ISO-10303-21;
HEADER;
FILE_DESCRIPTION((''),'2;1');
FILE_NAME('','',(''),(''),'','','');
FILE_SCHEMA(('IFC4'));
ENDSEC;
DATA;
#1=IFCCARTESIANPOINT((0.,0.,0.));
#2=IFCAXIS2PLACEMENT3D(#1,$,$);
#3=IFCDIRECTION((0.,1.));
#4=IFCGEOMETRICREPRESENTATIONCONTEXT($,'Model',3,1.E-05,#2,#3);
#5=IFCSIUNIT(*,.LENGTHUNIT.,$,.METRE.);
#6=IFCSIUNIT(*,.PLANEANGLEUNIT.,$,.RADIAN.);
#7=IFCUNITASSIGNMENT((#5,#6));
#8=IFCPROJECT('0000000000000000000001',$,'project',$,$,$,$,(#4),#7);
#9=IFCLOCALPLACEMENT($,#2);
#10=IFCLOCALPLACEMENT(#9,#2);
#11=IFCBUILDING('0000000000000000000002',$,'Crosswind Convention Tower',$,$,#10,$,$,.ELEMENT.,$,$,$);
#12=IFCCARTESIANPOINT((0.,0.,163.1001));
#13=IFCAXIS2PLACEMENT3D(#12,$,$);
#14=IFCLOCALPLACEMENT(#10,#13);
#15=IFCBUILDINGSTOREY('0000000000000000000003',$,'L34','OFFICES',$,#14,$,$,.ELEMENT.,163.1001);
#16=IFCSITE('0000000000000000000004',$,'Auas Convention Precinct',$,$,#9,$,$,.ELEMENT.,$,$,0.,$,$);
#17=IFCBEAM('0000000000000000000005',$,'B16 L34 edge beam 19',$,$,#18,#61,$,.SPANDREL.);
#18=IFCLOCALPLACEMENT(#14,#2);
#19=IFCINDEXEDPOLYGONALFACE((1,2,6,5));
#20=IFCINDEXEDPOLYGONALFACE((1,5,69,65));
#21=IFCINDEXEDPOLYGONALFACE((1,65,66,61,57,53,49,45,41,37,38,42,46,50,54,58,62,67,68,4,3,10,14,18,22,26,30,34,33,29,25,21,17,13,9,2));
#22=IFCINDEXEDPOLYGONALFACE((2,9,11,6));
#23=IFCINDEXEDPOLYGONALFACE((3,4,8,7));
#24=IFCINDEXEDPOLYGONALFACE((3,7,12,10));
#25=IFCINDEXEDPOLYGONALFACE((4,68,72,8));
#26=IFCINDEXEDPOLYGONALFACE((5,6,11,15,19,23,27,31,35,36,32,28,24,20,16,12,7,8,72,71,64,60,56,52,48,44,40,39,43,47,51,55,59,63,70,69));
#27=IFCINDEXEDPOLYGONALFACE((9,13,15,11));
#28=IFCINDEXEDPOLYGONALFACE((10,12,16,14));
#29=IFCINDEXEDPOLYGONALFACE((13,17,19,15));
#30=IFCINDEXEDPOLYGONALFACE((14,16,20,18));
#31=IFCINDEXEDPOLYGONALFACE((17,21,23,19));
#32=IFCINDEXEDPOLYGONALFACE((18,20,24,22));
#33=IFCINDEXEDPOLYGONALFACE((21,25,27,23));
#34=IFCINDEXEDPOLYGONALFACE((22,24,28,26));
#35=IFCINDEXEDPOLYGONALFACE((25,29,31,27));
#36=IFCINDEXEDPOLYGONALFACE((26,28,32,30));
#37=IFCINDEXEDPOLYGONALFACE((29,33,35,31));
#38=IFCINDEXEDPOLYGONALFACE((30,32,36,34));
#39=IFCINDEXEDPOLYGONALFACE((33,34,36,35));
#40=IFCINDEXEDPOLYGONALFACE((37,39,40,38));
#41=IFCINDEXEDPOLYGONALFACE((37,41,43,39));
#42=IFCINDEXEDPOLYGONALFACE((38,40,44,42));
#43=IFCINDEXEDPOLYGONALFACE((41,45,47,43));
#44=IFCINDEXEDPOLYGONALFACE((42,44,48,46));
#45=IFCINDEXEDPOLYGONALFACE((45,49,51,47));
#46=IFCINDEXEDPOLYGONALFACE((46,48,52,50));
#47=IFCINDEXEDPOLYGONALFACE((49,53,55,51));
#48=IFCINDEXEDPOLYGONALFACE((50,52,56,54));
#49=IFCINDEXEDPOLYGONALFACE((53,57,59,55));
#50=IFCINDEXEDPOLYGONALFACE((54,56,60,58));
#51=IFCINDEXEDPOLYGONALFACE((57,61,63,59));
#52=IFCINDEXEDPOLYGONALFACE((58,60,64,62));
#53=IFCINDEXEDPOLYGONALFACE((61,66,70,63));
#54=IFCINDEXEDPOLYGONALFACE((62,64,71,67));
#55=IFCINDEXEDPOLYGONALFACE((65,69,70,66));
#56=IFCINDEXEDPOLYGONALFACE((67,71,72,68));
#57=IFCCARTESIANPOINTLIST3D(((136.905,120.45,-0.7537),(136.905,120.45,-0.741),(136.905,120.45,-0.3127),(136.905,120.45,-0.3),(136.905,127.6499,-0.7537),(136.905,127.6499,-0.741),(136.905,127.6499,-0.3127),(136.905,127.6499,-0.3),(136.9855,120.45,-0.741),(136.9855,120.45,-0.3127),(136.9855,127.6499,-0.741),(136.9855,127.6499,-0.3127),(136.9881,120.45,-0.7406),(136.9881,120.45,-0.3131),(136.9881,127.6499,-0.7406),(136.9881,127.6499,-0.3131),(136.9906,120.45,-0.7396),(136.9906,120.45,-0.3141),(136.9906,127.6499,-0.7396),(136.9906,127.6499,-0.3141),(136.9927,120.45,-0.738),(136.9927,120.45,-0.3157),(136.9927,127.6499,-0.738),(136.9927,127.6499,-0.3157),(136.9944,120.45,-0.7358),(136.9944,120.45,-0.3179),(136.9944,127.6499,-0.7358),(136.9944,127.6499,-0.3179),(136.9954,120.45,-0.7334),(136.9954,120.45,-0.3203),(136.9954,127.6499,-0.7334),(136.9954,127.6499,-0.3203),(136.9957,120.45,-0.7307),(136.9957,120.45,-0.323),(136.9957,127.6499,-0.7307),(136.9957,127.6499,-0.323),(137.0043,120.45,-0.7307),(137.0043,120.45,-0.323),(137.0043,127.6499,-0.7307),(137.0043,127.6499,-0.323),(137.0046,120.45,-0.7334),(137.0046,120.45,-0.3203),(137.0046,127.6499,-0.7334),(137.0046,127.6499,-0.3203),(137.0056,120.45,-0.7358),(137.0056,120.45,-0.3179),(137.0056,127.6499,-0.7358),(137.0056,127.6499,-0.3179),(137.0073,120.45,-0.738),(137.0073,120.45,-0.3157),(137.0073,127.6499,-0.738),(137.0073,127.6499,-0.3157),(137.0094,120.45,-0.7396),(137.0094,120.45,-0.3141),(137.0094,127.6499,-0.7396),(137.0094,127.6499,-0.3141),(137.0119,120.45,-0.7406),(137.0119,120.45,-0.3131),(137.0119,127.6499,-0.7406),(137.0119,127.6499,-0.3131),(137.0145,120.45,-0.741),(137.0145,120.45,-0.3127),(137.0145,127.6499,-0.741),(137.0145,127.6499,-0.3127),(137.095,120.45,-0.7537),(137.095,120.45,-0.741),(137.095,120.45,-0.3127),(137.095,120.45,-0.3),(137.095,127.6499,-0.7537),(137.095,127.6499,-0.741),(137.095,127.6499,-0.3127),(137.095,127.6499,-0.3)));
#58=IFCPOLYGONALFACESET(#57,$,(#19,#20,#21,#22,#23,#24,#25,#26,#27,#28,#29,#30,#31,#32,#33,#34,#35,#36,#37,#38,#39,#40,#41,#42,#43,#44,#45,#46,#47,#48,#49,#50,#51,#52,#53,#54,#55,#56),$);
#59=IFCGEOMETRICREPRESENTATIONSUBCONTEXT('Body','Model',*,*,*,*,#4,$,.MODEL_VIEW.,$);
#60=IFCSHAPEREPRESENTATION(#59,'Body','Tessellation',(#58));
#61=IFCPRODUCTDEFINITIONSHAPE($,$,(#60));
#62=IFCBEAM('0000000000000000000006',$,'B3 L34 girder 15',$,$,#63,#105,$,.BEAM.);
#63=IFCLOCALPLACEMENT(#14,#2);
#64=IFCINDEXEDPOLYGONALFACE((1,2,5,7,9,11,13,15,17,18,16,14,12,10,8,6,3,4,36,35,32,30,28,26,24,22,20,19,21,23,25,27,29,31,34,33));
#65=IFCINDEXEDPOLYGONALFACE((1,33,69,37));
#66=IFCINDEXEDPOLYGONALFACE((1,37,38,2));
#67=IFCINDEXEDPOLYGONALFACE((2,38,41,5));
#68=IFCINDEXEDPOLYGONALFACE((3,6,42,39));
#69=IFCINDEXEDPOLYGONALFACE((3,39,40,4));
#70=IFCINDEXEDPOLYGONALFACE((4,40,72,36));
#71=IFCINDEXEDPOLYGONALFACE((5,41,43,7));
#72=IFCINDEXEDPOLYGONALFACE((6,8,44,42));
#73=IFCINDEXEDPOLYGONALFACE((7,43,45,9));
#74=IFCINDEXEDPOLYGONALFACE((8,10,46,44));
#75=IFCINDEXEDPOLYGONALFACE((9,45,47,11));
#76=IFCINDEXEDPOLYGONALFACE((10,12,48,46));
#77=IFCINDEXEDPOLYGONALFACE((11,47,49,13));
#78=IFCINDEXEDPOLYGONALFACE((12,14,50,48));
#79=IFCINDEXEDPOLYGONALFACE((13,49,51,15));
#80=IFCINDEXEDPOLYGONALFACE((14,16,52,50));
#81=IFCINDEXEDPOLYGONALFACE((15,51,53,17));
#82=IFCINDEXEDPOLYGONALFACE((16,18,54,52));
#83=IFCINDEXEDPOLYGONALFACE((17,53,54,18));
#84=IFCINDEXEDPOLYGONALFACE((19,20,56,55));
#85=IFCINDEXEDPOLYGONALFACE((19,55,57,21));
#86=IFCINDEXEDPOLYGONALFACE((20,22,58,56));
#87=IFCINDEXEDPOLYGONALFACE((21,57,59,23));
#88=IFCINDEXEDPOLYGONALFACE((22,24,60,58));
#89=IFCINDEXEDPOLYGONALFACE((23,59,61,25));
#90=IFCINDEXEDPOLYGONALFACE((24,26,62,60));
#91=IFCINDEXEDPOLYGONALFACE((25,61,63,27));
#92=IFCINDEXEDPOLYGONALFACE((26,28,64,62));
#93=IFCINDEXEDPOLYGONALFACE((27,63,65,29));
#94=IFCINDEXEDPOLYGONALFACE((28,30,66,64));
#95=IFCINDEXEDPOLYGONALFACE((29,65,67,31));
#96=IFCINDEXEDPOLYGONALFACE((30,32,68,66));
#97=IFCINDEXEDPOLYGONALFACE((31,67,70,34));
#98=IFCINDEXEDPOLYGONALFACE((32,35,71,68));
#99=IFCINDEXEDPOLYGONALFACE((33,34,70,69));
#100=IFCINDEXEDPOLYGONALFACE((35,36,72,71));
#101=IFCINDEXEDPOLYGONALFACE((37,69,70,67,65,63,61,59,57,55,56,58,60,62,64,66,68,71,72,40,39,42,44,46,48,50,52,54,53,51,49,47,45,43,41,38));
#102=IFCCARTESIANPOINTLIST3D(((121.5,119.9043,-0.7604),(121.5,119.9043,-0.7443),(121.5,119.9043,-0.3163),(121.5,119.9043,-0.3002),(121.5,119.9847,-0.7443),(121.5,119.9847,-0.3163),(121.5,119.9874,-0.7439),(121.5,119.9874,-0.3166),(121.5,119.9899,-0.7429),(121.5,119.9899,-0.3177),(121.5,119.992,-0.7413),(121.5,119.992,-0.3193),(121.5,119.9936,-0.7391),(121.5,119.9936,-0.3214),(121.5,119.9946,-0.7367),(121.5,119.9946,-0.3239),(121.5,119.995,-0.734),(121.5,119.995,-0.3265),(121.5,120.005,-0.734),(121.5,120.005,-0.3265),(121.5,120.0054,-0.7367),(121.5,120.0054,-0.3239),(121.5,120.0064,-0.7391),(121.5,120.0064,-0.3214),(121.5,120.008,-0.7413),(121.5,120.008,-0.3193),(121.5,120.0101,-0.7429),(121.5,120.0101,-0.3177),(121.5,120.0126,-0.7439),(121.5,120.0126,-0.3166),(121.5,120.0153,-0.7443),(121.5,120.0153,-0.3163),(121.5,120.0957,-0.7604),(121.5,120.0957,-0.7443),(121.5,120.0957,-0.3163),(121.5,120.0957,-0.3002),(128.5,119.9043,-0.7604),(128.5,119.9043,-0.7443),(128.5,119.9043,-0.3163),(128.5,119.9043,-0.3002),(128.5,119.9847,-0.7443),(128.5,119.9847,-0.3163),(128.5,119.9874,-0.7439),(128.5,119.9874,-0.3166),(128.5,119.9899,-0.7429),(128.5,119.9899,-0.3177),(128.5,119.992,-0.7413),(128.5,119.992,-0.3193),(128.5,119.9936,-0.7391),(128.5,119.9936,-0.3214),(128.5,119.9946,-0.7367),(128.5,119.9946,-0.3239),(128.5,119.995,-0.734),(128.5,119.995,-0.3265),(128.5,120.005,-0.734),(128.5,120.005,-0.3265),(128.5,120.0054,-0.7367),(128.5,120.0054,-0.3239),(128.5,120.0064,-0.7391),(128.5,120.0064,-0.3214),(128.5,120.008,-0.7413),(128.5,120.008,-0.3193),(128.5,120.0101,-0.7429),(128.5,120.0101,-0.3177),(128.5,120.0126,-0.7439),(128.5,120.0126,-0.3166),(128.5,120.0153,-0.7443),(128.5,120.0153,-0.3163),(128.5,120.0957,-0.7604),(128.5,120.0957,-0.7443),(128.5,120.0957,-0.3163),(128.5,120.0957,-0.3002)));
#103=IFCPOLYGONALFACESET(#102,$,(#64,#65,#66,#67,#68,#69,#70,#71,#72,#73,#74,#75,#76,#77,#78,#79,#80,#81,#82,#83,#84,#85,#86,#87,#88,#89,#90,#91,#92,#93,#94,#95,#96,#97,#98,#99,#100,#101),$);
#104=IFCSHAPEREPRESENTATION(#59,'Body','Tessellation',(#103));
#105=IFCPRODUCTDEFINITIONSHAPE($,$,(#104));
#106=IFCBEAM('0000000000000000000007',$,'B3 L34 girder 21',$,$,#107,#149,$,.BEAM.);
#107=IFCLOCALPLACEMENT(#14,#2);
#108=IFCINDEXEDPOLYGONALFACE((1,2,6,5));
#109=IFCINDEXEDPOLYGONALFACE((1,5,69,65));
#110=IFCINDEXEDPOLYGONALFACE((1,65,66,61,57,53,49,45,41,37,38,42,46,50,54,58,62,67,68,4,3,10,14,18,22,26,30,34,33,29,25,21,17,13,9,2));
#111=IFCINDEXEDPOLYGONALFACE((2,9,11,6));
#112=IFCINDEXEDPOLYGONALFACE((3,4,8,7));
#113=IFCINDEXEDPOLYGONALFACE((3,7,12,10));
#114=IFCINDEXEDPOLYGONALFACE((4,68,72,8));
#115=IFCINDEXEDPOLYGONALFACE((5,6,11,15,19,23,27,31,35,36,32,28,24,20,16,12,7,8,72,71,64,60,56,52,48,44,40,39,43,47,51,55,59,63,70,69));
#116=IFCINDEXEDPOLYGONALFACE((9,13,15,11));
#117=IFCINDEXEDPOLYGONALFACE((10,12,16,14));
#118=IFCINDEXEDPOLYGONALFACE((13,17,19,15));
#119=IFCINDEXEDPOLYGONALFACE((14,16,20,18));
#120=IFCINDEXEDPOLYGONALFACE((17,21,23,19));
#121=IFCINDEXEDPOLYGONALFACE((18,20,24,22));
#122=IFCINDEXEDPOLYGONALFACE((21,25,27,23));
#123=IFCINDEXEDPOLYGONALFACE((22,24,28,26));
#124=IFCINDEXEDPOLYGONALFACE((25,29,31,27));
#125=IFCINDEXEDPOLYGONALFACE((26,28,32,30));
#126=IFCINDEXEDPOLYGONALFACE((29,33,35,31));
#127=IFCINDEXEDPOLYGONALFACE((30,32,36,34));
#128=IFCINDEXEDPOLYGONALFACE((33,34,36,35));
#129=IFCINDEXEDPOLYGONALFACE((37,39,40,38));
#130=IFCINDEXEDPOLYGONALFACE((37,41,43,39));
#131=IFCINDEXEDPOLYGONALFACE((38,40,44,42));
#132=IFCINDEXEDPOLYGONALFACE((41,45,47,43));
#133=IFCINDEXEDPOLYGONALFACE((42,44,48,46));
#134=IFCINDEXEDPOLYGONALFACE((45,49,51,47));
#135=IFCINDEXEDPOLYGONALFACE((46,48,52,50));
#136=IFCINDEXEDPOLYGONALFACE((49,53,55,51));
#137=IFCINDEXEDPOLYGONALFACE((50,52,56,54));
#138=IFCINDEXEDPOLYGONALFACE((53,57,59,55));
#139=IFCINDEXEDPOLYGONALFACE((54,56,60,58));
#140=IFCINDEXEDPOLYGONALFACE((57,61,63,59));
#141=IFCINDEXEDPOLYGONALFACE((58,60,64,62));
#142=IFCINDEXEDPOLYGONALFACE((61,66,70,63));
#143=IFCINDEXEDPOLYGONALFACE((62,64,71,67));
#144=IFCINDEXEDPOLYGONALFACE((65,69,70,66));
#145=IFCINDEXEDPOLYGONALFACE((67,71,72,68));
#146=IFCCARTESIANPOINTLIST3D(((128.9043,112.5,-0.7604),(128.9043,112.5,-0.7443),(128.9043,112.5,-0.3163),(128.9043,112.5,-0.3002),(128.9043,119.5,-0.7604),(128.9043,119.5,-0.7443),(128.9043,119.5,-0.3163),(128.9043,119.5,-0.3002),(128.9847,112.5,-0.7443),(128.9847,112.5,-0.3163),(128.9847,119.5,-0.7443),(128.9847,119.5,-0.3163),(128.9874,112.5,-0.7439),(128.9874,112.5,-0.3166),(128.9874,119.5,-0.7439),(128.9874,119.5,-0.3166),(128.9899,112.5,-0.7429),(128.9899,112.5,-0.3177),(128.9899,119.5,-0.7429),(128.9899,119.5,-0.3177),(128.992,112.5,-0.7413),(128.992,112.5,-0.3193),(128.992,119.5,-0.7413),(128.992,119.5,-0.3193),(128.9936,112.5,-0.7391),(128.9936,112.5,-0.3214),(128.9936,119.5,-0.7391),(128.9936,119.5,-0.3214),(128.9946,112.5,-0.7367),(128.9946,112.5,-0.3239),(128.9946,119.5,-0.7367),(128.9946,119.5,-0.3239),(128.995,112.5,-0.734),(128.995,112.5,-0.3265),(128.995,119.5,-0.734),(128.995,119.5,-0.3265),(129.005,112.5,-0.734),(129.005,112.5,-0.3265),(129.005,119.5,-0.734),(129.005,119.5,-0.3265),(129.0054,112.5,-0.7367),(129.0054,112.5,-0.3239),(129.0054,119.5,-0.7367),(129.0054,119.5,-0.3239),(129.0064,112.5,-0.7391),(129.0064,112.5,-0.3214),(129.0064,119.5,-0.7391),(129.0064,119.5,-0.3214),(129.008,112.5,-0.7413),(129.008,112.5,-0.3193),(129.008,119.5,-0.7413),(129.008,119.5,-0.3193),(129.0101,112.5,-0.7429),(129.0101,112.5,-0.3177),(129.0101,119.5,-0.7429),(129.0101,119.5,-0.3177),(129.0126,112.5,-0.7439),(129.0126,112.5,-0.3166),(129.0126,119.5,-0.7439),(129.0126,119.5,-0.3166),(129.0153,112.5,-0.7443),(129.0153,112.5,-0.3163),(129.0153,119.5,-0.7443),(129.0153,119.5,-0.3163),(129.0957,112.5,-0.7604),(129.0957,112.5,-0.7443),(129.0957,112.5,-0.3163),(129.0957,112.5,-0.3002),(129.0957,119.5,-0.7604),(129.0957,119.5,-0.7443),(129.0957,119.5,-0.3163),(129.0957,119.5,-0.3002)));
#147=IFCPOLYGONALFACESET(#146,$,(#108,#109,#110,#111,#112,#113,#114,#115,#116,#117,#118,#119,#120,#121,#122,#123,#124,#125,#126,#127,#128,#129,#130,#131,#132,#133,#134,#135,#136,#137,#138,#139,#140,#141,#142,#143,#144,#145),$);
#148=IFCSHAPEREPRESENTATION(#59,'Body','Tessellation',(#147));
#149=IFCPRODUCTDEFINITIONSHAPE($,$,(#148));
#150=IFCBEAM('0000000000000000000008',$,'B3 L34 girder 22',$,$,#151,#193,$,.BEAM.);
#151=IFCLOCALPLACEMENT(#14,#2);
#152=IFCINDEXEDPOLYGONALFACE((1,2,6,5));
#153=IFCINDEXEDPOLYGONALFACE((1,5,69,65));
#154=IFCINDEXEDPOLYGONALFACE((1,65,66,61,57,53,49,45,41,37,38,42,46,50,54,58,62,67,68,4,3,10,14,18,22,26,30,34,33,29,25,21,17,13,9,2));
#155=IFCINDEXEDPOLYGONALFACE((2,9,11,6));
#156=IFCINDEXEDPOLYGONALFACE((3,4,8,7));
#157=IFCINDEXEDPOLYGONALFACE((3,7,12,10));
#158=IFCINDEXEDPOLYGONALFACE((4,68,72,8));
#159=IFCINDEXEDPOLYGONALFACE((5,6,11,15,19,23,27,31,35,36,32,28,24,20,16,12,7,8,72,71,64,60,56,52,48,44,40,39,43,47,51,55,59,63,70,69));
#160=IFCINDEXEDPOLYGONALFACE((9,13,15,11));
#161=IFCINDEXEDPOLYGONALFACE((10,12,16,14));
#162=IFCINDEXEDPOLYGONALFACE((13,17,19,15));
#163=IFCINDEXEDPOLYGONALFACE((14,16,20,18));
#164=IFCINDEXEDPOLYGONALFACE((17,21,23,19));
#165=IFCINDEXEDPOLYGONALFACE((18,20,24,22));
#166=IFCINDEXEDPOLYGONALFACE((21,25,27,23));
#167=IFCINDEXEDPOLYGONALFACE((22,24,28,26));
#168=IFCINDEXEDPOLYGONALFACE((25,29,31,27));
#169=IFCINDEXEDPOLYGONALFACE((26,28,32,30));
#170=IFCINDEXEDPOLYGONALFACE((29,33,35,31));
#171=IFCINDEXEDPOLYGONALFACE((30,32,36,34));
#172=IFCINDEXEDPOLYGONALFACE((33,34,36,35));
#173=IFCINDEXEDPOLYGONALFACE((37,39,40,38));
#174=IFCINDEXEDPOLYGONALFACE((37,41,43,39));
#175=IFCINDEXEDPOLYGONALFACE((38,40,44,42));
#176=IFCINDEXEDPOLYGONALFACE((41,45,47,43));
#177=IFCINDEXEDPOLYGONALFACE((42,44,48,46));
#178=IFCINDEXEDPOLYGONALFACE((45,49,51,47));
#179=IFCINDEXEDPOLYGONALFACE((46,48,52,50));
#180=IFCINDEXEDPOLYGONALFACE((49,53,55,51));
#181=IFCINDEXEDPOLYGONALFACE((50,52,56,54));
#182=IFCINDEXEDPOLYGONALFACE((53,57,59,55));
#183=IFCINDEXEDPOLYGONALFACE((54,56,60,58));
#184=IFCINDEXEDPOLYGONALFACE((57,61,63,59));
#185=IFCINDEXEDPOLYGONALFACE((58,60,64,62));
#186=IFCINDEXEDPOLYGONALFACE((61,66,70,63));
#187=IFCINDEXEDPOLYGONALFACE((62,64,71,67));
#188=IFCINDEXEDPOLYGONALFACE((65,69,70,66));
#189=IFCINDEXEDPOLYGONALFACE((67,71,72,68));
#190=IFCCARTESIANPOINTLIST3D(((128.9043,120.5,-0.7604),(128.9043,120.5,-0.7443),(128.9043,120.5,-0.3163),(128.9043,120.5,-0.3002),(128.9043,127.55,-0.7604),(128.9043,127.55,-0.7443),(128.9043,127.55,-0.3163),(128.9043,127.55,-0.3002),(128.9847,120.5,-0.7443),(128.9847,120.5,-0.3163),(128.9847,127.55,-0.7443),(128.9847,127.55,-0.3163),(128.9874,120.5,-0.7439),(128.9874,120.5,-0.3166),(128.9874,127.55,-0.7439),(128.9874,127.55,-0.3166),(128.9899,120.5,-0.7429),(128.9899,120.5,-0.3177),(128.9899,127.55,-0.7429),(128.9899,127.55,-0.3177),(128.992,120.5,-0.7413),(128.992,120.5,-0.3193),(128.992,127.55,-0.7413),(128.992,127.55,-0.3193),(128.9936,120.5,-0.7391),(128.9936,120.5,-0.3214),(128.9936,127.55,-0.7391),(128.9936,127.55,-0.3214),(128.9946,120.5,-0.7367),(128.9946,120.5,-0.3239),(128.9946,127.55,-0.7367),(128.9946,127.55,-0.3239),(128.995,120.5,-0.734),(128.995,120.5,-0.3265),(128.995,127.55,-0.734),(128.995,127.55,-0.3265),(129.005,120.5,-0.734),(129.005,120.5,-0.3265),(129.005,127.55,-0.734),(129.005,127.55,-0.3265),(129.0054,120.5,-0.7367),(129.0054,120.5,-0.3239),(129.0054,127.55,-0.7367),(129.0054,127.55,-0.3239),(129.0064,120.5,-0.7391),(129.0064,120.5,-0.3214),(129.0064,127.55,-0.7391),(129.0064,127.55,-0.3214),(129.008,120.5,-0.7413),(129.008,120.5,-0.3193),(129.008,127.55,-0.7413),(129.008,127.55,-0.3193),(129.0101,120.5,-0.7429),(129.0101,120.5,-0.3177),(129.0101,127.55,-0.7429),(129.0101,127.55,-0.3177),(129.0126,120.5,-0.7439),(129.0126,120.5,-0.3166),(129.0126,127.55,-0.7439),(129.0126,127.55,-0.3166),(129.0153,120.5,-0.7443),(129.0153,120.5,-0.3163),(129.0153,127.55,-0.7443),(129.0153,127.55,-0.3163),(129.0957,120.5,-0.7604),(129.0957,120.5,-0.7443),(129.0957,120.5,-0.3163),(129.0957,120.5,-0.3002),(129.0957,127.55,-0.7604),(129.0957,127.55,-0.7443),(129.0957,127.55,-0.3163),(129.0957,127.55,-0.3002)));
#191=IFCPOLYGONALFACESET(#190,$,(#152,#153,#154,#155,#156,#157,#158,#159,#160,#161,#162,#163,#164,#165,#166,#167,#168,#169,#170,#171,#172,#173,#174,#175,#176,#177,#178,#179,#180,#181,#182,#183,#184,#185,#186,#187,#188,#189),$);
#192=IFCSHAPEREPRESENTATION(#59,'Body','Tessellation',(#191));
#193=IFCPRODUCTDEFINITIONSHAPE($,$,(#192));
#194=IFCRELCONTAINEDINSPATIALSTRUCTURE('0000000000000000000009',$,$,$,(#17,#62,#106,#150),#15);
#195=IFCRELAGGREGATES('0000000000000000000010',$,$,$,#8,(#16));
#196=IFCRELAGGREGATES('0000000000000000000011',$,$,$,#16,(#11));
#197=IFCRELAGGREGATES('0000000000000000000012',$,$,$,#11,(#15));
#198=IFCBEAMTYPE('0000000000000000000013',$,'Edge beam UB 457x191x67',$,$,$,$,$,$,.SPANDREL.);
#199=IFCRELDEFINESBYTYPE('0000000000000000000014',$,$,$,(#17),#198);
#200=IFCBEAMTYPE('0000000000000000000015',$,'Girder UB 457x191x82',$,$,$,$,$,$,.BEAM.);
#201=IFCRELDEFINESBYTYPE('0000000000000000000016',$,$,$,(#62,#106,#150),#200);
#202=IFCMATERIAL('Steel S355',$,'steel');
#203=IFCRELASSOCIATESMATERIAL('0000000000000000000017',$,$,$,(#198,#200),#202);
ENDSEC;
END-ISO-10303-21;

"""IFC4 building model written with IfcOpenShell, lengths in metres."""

from ifc_helpers import new_model, si_unit, direction, frame, origin, origin_2d, place, context, subcontext, project, spatial, i_section, extrude, material, material_profile, profile_set, type_object, element, save


model = new_model("IFC4")

# Units and contexts
model_context = context("Model", 3, precision=1e-05, world=origin(), true_north=direction((0.0, 1.0)))
body_context = subcontext(model_context, "Body", "Model", "MODEL_VIEW")
ifc_project = project(units=[si_unit("LENGTHUNIT", "METRE"), si_unit("PLANEANGLEUNIT", "RADIAN")], contexts=[model_context])

# Site, building, storey
site_placement = place(None, origin())
site = spatial("IfcSite", under=ifc_project, at=site_placement, Name="Auas Convention Precinct", CompositionType="ELEMENT", RefElevation=0.0)
building_placement = place(site_placement, origin())
building = spatial("IfcBuilding", under=site, at=building_placement, Name="Crosswind Convention Tower", CompositionType="ELEMENT")
storey_placement = place(building_placement, frame((0.0, 0.0, 163.1001)))
storey = spatial("IfcBuildingStorey", under=building, at=storey_placement, Name="L34", Description="OFFICES", CompositionType="ELEMENT", Elevation=163.1001)

# Beams
ifc_material_1 = material(Name="Steel S355", Category="steel")
ifc_material_profile_1 = material_profile(ifc_material_1, i_section(OverallWidth=0.1899, OverallDepth=0.4536, WebThickness=0.0085, FlangeThickness=0.0127, FilletRadius=0.0103, at=origin_2d()), Name="UB 457x191x67")
ifc_profile_set_1 = profile_set([ifc_material_profile_1], Name="Steel S355")
beam_type_1 = type_object("IfcBeamType", Name="Edge beam UB 457x191x67", PredefinedType="SPANDREL", material=ifc_profile_set_1)
for number, where, z_axis, x_axis, name in (
    (1, (137.0, 120.45, -0.5269), (0.0, 1.0, 0.0), (-1.0, 0.0, 0.0), "B16 L34 edge beam 19"),
):
    element("IfcBeam", number, at=place(storey_placement, frame(where, z_axis=z_axis, x_axis=x_axis)), inside=storey, type_object=beam_type_1, Name=name, PredefinedType="SPANDREL", context=body_context, shape_type="SweptSolid", body=[
        extrude(i_section(OverallWidth=0.1899, OverallDepth=0.4536, WebThickness=0.0085, FlangeThickness=0.0127, FilletRadius=0.0103, at=origin_2d()), origin(), (0.0, 0.0, 1.0), 7.2),
    ])
ifc_material_profile_2 = material_profile(ifc_material_1, i_section(OverallWidth=0.1914, OverallDepth=0.4602, WebThickness=0.01, FlangeThickness=0.0161, FilletRadius=0.0103, at=origin_2d()), Name="UB 457x191x82")
ifc_profile_set_2 = profile_set([ifc_material_profile_2], Name="Steel S355")
beam_type_2 = type_object("IfcBeamType", Name="Girder UB 457x191x82", PredefinedType="BEAM", material=ifc_profile_set_2)
for number, where, z_axis, x_axis, name in (
    (2, (121.5, 120.0, -0.5303), (1.0, 0.0, 0.0), (0.0, 1.0, 0.0), "B3 L34 girder 15"),
    (3, (129.0, 112.5, -0.5303), (0.0, 1.0, 0.0), (-1.0, 0.0, 0.0), "B3 L34 girder 21"),
):
    element("IfcBeam", number, at=place(storey_placement, frame(where, z_axis=z_axis, x_axis=x_axis)), inside=storey, type_object=beam_type_2, Name=name, PredefinedType="BEAM", context=body_context, shape_type="SweptSolid", body=[
        extrude(i_section(OverallWidth=0.1914, OverallDepth=0.4602, WebThickness=0.01, FlangeThickness=0.0161, FilletRadius=0.0103, at=origin_2d()), origin(), (0.0, 0.0, 1.0), 7.0),
    ])
for number, where, z_axis, x_axis, name in (
    (4, (129.0, 120.5, -0.5303), (0.0, 1.0, 0.0), (-1.0, 0.0, 0.0), "B3 L34 girder 22"),
):
    element("IfcBeam", number, at=place(storey_placement, frame(where, z_axis=z_axis, x_axis=x_axis)), inside=storey, type_object=beam_type_2, Name=name, PredefinedType="BEAM", context=body_context, shape_type="SweptSolid", body=[
        extrude(i_section(OverallWidth=0.1914, OverallDepth=0.4602, WebThickness=0.01, FlangeThickness=0.0161, FilletRadius=0.0103, at=origin_2d()), origin(), (0.0, 0.0, 1.0), 7.05),
    ])

save(model, "model.ifc")
